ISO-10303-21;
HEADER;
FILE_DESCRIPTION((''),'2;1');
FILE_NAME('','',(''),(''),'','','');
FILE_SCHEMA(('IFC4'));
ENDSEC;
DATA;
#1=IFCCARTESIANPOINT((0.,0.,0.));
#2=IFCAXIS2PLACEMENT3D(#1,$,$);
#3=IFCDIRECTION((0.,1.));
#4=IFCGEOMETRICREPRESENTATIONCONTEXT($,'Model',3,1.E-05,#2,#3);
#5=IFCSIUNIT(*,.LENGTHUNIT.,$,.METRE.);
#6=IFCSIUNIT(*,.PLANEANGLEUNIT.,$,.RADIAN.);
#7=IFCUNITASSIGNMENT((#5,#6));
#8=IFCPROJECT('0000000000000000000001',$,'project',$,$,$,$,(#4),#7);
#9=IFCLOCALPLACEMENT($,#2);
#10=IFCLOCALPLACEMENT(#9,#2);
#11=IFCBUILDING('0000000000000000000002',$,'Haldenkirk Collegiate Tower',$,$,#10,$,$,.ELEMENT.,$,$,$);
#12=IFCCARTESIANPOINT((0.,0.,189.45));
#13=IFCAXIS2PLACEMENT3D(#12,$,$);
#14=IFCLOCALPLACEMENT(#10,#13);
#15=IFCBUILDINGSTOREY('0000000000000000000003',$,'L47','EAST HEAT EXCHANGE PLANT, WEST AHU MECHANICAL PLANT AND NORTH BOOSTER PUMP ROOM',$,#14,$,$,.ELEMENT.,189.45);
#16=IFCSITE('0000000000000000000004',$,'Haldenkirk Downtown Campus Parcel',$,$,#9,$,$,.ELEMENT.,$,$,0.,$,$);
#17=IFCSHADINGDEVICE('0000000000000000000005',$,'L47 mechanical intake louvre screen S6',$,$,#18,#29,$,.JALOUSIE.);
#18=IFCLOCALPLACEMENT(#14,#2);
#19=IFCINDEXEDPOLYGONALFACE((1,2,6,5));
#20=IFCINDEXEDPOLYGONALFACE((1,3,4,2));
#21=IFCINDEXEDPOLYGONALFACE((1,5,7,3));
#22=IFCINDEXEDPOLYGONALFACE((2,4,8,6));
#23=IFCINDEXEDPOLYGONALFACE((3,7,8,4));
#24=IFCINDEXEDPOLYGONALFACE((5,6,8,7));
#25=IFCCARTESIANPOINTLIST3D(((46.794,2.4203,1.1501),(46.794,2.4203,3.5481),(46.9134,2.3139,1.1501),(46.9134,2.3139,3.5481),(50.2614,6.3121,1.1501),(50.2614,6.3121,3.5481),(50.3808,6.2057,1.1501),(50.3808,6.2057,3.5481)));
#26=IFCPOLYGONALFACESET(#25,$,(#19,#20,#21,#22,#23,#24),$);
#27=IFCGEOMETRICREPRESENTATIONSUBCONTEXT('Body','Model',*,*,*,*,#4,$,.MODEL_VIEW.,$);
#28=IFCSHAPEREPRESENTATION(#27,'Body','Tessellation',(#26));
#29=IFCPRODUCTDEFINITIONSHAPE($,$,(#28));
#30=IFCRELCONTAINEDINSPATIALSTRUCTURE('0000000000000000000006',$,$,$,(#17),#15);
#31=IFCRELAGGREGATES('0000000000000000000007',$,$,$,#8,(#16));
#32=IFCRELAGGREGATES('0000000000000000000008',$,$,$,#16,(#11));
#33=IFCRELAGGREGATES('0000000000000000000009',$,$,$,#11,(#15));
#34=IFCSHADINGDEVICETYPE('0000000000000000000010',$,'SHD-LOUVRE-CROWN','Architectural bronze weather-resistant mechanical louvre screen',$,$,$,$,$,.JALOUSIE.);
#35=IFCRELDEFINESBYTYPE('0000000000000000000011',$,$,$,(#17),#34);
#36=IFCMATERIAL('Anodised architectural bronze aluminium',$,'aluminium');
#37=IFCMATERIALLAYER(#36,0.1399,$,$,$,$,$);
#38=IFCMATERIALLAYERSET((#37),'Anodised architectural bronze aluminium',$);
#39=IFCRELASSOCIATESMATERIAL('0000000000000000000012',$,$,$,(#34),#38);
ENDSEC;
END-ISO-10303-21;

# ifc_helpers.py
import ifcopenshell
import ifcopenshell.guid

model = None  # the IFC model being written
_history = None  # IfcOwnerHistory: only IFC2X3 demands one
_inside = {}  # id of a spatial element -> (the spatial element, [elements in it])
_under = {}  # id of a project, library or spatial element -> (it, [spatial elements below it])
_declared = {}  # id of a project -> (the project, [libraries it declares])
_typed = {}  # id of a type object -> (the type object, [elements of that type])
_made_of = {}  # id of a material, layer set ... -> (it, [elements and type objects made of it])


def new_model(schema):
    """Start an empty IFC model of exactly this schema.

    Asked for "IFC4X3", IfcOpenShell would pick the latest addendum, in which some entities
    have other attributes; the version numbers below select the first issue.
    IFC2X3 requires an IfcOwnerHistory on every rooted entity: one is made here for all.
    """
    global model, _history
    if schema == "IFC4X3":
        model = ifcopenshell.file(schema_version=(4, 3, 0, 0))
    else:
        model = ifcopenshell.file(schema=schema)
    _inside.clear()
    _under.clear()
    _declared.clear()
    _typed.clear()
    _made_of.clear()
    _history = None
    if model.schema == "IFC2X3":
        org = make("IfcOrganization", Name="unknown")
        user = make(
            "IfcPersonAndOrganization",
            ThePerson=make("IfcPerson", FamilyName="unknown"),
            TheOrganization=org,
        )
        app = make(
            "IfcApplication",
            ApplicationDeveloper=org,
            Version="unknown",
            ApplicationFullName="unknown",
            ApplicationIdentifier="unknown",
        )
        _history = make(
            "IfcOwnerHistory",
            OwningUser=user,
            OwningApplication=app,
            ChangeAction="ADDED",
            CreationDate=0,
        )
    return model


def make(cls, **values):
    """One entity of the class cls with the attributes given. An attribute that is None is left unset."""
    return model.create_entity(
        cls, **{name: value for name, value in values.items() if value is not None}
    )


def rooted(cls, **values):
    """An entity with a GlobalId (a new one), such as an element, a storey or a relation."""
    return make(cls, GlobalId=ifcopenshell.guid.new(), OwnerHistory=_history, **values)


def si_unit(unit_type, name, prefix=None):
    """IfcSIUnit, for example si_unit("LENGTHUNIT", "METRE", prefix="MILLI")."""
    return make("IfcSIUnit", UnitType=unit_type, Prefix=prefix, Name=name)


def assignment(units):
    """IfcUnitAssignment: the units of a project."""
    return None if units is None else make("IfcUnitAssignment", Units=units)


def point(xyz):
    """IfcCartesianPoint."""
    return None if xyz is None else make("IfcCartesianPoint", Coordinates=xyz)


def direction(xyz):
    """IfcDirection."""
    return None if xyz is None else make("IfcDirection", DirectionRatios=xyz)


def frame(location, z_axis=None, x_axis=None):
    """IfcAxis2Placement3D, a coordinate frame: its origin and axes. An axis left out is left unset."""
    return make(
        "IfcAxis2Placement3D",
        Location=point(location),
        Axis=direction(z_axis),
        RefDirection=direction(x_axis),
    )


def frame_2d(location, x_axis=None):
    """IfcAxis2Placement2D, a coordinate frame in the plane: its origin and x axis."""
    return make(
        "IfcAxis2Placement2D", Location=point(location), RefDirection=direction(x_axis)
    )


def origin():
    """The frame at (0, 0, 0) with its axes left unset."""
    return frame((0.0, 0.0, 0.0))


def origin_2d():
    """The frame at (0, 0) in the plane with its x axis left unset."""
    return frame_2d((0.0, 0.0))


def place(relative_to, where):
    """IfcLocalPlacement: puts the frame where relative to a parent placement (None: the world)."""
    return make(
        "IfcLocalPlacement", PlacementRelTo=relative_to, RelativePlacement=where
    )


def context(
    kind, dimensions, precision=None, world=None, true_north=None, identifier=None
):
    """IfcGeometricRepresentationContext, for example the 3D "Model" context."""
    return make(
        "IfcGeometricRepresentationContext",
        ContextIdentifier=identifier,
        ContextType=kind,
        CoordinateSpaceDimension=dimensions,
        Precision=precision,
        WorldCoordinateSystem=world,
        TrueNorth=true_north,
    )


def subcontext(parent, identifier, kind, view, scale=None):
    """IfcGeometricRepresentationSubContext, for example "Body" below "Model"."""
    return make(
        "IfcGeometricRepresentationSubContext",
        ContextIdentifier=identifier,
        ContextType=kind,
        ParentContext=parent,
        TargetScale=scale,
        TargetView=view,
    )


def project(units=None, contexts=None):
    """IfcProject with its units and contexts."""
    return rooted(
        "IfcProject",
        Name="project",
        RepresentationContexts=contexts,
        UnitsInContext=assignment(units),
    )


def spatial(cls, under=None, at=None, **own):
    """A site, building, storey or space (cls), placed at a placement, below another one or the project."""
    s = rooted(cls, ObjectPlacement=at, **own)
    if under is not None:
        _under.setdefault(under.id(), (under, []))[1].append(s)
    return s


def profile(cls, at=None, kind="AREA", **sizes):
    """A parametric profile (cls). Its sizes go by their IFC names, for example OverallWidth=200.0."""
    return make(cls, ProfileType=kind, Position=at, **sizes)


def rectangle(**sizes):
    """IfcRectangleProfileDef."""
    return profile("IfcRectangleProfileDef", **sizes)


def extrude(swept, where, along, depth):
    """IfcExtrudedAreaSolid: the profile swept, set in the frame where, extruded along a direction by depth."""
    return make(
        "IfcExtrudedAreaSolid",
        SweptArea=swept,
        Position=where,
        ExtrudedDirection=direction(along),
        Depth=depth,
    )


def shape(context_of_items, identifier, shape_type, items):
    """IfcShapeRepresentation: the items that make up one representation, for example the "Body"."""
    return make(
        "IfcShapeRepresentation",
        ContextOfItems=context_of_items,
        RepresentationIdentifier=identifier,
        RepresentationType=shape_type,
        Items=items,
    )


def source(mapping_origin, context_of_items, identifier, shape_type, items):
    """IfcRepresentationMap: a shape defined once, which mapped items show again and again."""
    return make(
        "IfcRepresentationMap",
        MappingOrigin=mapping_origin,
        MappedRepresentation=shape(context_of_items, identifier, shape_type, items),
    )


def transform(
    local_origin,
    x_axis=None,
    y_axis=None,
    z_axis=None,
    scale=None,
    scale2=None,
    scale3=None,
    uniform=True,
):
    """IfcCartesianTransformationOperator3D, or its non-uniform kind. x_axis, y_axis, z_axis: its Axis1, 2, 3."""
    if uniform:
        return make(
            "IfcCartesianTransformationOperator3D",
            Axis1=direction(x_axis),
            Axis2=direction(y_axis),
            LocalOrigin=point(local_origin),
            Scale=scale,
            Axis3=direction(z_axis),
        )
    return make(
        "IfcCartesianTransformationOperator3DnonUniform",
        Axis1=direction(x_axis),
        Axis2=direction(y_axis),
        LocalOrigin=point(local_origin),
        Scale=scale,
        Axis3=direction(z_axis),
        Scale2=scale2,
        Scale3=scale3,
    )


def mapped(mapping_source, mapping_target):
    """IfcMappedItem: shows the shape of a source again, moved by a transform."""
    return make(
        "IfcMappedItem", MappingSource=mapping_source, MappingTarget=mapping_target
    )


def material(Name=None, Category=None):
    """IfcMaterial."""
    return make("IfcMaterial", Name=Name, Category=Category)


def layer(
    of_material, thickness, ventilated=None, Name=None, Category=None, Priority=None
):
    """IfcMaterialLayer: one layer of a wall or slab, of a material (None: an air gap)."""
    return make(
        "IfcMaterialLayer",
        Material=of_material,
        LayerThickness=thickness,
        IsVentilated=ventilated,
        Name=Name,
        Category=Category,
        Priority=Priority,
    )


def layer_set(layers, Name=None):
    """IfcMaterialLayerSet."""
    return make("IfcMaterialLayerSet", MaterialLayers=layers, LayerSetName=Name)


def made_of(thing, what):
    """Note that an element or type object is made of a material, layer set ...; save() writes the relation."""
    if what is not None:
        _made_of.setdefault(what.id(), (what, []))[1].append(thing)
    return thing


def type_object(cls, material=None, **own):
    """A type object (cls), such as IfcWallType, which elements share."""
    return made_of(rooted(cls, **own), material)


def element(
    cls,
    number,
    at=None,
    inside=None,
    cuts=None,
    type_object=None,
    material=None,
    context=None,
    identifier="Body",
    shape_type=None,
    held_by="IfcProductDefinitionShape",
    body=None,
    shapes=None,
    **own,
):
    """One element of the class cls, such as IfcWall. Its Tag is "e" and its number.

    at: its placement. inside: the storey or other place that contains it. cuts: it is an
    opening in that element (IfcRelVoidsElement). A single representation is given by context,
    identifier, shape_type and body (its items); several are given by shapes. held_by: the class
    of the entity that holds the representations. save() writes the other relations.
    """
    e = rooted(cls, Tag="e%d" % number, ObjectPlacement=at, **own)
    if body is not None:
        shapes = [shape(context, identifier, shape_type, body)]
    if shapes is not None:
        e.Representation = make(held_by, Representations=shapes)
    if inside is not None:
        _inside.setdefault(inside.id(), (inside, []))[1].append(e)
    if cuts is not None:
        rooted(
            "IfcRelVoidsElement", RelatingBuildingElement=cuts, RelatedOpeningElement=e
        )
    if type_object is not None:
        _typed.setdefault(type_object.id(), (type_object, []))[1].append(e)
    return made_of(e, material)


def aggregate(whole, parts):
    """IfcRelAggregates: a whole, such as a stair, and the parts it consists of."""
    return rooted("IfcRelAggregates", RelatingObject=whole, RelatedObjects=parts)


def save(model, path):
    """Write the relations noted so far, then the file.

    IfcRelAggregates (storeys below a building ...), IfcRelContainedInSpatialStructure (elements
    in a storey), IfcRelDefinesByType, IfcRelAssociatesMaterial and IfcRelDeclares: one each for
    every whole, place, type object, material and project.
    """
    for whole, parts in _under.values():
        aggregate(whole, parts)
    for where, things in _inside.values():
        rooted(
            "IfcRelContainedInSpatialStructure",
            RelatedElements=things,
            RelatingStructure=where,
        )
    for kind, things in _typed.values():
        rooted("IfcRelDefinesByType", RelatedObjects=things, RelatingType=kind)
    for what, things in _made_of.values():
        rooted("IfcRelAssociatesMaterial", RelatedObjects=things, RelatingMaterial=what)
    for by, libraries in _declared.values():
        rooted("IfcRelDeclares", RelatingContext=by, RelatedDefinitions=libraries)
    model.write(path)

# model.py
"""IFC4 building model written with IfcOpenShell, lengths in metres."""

from ifc_helpers import new_model, si_unit, direction, frame, origin, origin_2d, place, context, subcontext, project, spatial, rectangle, extrude, source, transform, mapped, material, layer, layer_set, type_object, element, save


model = new_model("IFC4")

# Units and contexts
model_context = context("Model", 3, precision=1e-05, world=origin(), true_north=direction((0.0, 1.0)))
body_context = subcontext(model_context, "Body", "Model", "MODEL_VIEW")
ifc_project = project(units=[si_unit("LENGTHUNIT", "METRE"), si_unit("PLANEANGLEUNIT", "RADIAN")], contexts=[model_context])

# Site, building, storey
site_placement = place(None, origin())
site = spatial("IfcSite", under=ifc_project, at=site_placement, Name="Haldenkirk Downtown Campus Parcel", CompositionType="ELEMENT", RefElevation=0.0)
building_placement = place(site_placement, origin())
building = spatial("IfcBuilding", under=site, at=building_placement, Name="Haldenkirk Collegiate Tower", CompositionType="ELEMENT")
storey_placement = place(building_placement, frame((0.0, 0.0, 189.45)))
storey = spatial("IfcBuildingStorey", under=building, at=storey_placement, Name="L47", Description="EAST HEAT EXCHANGE PLANT, WEST AHU MECHANICAL PLANT AND NORTH BOOSTER PUMP ROOM", CompositionType="ELEMENT", Elevation=189.45)

# Shading device
ifc_material_1 = material(Name="Anodised architectural bronze aluminium", Category="aluminium")
ifc_layer_1 = layer(ifc_material_1, 0.1399)
ifc_layer_set_1 = layer_set([ifc_layer_1], Name="Anodised architectural bronze aluminium")
shading_device_type = type_object("IfcShadingDeviceType", Name="SHD-LOUVRE-CROWN", Description="Architectural bronze weather-resistant mechanical louvre screen", PredefinedType="JALOUSIE", material=ifc_layer_set_1)
shared_shape_1 = source(origin(), body_context, "Body", "SweptSolid", [
    extrude(rectangle(XDim=5.2124, YDim=0.1599, at=origin_2d()), origin(), (0.0, 0.0, 1.0), 2.3979),
])
for number, where, z_axis, x_axis, name in (
    (1, (48.5874, 4.313, 1.1501), (0.0, 0.0, 1.0), (-0.66523, -0.746638, 0.0), "L47 mechanical intake louvre screen S6"),
):
    element("IfcShadingDevice", number, at=place(storey_placement, frame(where, z_axis=z_axis, x_axis=x_axis)), inside=storey, type_object=shading_device_type, Name=name, PredefinedType="JALOUSIE", context=body_context, shape_type="MappedRepresentation", body=[
        mapped(shared_shape_1, transform((0.0, 0.0, 0.0), x_axis=(1.0, 0.0, 0.0), y_axis=(0.0, 1.0, 0.0), z_axis=(0.0, 0.0, 1.0), scale=1.0)),
    ])

save(model, "model.ifc")
